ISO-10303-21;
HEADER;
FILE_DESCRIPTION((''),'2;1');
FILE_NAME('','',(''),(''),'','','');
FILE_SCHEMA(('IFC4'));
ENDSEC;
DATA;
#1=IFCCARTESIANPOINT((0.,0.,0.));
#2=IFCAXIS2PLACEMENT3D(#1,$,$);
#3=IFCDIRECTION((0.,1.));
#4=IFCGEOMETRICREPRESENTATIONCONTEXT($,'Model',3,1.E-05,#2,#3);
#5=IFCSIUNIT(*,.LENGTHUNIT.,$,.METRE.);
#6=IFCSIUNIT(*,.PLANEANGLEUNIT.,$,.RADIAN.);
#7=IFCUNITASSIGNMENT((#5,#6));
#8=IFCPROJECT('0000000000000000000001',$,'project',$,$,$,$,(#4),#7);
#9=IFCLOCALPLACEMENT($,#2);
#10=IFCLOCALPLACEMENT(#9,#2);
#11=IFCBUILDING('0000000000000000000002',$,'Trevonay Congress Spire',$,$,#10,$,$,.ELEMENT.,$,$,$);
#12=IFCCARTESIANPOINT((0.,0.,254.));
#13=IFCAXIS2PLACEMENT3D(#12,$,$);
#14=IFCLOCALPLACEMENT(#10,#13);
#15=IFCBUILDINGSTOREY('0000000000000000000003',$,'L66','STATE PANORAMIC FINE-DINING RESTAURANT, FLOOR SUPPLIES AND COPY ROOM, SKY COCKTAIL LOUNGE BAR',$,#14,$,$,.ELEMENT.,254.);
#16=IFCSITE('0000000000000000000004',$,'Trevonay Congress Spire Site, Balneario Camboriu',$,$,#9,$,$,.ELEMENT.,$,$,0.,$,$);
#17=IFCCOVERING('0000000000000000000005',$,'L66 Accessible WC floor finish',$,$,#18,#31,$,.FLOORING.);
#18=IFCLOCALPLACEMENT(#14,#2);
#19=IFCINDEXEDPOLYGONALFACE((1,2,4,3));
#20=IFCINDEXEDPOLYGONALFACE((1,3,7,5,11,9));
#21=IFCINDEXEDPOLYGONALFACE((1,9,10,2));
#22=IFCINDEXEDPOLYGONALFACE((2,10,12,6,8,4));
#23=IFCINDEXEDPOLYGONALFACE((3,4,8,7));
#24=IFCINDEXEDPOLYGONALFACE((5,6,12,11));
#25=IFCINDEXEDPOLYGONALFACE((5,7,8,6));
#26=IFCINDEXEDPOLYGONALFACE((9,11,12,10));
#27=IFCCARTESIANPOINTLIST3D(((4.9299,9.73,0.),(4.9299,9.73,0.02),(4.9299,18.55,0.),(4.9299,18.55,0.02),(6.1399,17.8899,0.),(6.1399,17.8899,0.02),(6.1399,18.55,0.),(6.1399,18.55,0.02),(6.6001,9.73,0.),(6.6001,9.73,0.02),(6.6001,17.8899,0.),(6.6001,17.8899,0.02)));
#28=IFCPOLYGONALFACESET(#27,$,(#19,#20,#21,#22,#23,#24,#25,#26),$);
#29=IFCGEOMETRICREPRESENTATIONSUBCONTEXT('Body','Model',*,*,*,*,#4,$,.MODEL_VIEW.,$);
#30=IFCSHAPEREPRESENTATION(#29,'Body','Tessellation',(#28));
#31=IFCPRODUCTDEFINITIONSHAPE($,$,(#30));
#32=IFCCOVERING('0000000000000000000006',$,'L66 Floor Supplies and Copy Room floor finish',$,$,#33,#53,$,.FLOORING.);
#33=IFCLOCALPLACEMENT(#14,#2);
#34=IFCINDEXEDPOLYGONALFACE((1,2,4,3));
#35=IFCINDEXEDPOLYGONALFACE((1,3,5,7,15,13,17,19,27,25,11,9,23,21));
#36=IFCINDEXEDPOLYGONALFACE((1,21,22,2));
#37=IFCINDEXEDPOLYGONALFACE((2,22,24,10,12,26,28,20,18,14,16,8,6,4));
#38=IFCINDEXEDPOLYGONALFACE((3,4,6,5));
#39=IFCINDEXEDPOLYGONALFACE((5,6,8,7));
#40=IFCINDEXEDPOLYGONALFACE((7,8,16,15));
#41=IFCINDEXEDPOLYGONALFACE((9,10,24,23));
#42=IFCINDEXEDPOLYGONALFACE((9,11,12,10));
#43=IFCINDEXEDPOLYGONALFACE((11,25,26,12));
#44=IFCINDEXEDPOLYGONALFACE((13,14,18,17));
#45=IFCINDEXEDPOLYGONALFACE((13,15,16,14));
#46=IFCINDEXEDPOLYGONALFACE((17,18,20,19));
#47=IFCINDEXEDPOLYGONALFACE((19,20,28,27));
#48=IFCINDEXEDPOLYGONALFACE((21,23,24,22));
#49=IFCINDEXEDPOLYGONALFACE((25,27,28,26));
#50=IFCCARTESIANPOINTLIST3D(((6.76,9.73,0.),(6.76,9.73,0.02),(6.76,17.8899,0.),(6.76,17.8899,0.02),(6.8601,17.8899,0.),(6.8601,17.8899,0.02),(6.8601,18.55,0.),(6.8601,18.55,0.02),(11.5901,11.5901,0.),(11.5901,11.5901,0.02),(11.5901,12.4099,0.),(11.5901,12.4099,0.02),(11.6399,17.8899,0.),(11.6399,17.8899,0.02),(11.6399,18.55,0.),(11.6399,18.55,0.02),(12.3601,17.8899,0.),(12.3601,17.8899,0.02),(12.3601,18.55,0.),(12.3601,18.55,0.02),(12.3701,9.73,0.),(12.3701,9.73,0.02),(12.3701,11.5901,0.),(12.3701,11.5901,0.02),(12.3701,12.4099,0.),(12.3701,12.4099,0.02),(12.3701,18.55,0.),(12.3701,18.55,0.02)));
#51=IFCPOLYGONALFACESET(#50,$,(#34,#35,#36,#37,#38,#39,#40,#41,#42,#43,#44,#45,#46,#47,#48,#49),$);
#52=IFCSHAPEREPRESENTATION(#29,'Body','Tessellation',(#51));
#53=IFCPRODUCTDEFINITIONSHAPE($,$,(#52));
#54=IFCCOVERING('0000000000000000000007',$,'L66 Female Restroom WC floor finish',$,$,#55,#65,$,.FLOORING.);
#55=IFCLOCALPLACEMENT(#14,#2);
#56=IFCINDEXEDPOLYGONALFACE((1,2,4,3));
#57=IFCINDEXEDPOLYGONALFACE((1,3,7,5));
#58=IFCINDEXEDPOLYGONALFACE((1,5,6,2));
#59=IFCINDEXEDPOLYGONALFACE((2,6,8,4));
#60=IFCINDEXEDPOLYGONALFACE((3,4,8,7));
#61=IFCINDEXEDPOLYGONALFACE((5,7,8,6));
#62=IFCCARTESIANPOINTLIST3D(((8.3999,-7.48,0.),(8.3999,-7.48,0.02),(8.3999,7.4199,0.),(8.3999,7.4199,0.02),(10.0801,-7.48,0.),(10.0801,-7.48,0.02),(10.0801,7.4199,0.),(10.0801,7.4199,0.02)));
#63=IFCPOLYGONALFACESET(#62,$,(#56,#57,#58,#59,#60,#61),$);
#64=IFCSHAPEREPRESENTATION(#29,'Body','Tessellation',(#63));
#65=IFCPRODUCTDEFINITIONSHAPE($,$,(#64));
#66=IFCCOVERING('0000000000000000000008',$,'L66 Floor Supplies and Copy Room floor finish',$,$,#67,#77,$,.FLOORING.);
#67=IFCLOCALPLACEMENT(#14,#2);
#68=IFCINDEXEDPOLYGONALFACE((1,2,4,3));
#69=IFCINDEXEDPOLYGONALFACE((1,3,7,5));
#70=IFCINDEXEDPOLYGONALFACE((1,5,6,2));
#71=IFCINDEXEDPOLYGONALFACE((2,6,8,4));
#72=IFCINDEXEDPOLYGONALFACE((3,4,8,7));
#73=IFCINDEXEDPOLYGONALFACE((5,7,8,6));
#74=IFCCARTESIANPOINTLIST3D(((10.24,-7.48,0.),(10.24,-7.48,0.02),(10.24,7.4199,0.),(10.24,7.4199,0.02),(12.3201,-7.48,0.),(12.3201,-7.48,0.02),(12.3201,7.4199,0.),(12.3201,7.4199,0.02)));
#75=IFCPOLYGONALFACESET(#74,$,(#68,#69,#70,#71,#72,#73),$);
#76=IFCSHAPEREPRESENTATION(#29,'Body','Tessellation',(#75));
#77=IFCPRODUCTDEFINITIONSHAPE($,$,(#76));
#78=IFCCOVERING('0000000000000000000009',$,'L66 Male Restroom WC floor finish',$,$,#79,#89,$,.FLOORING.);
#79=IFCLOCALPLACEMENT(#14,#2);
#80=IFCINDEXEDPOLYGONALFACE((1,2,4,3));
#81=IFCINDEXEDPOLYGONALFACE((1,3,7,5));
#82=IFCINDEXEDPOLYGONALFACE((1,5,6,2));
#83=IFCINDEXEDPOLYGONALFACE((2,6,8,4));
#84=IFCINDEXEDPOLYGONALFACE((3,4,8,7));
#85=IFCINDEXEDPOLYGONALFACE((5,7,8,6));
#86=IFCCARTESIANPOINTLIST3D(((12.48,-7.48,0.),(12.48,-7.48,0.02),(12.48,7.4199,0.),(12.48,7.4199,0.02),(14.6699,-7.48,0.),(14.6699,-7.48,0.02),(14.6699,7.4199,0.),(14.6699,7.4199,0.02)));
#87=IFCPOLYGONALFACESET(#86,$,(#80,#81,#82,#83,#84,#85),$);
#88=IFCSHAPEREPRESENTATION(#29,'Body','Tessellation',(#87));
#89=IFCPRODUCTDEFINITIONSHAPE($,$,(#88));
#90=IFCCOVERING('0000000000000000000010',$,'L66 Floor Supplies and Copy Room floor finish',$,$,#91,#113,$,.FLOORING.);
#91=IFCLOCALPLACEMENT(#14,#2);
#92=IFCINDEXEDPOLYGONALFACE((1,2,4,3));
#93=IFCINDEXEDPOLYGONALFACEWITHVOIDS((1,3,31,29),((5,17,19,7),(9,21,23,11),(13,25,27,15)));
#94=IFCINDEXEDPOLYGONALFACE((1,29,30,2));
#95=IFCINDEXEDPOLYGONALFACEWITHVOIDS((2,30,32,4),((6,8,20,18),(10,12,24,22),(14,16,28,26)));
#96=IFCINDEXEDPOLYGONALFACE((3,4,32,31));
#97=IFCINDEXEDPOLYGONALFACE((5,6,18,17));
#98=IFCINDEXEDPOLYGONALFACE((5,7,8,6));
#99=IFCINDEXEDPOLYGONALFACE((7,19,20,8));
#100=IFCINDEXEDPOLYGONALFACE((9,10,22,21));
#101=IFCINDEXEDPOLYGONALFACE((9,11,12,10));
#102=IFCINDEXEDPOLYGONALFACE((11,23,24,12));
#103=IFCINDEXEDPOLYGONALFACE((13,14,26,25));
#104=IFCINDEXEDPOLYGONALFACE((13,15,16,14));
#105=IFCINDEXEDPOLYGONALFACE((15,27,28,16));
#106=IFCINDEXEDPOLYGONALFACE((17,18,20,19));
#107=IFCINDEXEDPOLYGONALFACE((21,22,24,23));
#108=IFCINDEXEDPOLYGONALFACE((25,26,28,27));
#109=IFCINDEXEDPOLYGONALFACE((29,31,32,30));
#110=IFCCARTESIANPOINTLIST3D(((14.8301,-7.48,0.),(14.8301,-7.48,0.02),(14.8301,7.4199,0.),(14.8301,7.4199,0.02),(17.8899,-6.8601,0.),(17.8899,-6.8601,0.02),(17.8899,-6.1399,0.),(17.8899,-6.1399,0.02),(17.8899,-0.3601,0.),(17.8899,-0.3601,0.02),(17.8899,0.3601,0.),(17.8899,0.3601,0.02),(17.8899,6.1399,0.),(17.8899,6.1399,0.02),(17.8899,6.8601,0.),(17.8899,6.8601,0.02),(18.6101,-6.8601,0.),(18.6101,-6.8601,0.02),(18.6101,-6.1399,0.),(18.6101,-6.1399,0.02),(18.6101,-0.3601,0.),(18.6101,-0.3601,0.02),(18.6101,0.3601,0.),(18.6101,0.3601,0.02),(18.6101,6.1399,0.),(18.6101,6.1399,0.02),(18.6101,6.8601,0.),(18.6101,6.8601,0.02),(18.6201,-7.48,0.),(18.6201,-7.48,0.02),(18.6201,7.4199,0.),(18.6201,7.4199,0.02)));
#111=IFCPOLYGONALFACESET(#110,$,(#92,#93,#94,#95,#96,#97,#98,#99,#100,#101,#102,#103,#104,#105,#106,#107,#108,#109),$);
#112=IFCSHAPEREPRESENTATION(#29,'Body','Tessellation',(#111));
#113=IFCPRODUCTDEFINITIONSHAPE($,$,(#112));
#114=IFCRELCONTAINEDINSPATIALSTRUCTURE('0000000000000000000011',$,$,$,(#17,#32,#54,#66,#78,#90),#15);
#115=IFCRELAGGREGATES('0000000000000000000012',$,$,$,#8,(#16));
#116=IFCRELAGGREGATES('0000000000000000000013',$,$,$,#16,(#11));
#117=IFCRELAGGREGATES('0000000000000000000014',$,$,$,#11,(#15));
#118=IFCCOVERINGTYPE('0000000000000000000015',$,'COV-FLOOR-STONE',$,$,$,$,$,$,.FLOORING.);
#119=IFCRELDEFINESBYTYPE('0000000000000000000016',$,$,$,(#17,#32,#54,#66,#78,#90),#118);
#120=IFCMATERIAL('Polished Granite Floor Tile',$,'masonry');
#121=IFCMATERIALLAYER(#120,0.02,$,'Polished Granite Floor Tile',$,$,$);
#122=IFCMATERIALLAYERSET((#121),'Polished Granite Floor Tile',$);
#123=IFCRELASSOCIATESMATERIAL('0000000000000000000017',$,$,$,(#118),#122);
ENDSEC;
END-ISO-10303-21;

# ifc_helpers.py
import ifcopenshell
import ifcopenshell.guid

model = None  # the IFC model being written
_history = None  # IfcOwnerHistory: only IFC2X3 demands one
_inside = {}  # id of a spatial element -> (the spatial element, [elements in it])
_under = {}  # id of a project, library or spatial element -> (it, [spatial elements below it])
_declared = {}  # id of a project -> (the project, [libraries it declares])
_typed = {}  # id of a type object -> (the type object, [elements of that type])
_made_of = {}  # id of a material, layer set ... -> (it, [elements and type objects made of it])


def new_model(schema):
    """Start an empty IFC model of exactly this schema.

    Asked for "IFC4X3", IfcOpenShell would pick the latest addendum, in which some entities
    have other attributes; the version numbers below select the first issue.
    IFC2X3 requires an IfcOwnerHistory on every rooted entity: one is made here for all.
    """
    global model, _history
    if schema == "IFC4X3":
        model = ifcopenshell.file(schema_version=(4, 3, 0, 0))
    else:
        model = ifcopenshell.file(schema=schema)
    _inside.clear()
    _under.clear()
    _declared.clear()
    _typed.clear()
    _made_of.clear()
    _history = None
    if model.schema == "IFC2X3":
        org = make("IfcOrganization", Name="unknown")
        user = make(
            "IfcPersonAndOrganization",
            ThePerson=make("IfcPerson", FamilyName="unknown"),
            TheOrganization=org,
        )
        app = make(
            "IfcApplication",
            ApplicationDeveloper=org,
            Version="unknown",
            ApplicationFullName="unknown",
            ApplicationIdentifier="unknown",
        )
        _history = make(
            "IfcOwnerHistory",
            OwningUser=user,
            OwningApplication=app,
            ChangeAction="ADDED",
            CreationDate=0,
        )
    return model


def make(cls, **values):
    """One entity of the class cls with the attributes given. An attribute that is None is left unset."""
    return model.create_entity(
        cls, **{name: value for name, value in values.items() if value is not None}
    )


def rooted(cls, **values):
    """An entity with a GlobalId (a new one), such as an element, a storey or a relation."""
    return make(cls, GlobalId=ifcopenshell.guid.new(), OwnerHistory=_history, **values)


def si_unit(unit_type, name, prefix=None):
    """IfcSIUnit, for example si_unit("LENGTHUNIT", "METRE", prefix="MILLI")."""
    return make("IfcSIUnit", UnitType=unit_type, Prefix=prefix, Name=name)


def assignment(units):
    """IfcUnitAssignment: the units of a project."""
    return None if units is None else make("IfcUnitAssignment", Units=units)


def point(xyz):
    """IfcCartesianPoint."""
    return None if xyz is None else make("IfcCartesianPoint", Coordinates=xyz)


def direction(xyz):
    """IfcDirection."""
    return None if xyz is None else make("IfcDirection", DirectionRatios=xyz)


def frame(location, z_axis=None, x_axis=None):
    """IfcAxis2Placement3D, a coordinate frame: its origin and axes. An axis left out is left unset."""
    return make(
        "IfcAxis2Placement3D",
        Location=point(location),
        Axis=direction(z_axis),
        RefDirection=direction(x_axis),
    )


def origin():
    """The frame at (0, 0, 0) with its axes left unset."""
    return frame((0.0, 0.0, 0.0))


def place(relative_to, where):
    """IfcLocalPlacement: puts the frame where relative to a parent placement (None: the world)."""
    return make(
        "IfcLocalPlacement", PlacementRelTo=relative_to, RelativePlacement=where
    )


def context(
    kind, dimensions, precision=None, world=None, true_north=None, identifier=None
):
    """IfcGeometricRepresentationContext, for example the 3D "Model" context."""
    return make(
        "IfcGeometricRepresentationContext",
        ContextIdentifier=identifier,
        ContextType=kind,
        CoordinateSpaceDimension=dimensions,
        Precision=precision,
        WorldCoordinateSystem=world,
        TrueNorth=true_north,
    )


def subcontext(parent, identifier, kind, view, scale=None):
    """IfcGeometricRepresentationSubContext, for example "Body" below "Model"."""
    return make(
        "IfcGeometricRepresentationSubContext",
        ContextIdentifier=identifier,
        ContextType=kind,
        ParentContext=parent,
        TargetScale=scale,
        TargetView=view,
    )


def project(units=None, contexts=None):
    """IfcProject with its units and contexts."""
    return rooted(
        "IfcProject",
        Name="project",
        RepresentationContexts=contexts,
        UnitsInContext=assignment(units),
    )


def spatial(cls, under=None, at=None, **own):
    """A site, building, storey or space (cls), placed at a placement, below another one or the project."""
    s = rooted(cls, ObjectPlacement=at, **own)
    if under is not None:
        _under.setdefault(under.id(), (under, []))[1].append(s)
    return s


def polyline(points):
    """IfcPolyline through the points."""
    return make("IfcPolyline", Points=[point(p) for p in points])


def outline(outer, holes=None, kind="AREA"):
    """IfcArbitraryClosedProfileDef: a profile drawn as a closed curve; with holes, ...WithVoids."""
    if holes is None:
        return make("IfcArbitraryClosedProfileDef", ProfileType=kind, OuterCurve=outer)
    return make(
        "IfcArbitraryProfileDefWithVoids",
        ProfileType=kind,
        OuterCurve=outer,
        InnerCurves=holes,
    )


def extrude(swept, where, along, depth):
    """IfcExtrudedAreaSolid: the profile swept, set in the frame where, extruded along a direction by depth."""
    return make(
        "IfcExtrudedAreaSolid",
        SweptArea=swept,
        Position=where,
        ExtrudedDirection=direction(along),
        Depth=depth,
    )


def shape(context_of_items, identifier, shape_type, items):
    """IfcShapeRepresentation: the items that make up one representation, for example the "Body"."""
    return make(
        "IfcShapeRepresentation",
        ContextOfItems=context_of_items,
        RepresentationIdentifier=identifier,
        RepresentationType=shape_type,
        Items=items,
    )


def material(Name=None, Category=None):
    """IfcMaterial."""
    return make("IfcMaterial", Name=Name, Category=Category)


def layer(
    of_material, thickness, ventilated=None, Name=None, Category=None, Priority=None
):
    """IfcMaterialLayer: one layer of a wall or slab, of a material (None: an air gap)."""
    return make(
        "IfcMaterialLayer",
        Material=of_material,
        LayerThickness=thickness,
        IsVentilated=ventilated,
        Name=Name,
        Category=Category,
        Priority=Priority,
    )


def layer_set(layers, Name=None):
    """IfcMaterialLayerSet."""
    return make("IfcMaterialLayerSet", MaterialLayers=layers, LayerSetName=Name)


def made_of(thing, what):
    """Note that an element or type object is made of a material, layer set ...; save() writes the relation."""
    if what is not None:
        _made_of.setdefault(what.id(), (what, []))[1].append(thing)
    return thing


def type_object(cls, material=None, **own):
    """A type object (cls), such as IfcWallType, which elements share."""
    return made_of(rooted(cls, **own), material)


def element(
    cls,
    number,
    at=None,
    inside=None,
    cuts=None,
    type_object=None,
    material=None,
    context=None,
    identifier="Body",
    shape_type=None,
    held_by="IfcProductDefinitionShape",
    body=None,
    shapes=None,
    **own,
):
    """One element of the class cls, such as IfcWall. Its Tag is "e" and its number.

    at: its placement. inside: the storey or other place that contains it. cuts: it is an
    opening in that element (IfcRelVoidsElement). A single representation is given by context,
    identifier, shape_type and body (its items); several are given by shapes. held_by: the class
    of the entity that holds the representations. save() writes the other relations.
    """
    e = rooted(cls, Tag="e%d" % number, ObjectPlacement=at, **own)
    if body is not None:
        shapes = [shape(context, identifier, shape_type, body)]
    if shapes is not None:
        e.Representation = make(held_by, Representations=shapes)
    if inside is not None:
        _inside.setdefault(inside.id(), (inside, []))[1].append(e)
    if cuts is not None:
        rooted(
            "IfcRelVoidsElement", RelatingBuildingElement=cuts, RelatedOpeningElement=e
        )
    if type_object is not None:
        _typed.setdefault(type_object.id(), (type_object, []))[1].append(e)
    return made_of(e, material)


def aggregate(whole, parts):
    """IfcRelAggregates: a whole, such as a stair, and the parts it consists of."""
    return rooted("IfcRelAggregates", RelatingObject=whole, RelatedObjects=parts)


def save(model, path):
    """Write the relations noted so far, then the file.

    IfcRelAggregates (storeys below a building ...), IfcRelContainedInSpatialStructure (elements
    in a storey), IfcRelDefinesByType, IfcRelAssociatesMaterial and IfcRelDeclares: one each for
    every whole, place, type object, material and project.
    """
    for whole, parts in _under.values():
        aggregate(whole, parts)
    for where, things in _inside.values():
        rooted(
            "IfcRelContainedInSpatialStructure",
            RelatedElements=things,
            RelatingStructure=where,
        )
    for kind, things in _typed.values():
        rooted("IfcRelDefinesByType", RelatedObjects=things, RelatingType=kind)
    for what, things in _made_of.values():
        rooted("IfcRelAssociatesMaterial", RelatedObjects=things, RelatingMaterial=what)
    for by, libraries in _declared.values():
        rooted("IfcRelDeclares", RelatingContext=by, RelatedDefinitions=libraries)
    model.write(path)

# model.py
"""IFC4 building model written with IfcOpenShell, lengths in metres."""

from ifc_helpers import new_model, si_unit, direction, frame, origin, place, context, subcontext, project, spatial, polyline, outline, extrude, material, layer, layer_set, type_object, element, save


model = new_model("IFC4")

# Units and contexts
model_context = context("Model", 3, precision=1e-05, world=origin(), true_north=direction((0.0, 1.0)))
body_context = subcontext(model_context, "Body", "Model", "MODEL_VIEW")
ifc_project = project(units=[si_unit("LENGTHUNIT", "METRE"), si_unit("PLANEANGLEUNIT", "RADIAN")], contexts=[model_context])

# Site, building, storey
site_placement = place(None, origin())
site = spatial("IfcSite", under=ifc_project, at=site_placement, Name="Trevonay Congress Spire Site, Balneario Camboriu", CompositionType="ELEMENT", RefElevation=0.0)
building_placement = place(site_placement, origin())
building = spatial("IfcBuilding", under=site, at=building_placement, Name="Trevonay Congress Spire", CompositionType="ELEMENT")
storey_placement = place(building_placement, frame((0.0, 0.0, 254.0)))
storey = spatial("IfcBuildingStorey", under=building, at=storey_placement, Name="L66", Description="STATE PANORAMIC FINE-DINING RESTAURANT, FLOOR SUPPLIES AND COPY ROOM, SKY COCKTAIL LOUNGE BAR", CompositionType="ELEMENT", Elevation=254.0)

# Coverings
ifc_material_1 = material(Name="Polished Granite Floor Tile", Category="masonry")
ifc_layer_1 = layer(ifc_material_1, 0.02, Name="Polished Granite Floor Tile")
ifc_layer_set_1 = layer_set([ifc_layer_1], Name="Polished Granite Floor Tile")
covering_type_1 = type_object("IfcCoveringType", Name="COV-FLOOR-STONE", PredefinedType="FLOORING", material=ifc_layer_set_1)
covering_1_placement = place(storey_placement, origin())
element("IfcCovering", 1, at=covering_1_placement, inside=storey, type_object=covering_type_1, Name="L66 Accessible WC floor finish", PredefinedType="FLOORING", context=body_context, shape_type="SweptSolid", body=[
    extrude(outline(polyline([(6.6001, 9.73), (4.9299, 9.73), (4.9299, 18.55), (6.1399, 18.55), (6.1399, 17.8899), (6.6001, 17.8899), (6.6001, 9.73)])), origin(), (0.0, 0.0, 1.0), 0.02),
])
covering_2_placement = place(storey_placement, origin())
element("IfcCovering", 2, at=covering_2_placement, inside=storey, type_object=covering_type_1, Name="L66 Floor Supplies and Copy Room floor finish", PredefinedType="FLOORING", context=body_context, shape_type="SweptSolid", body=[
    extrude(outline(polyline([(12.3701, 9.73), (6.76, 9.73), (6.76, 17.8899), (6.8601, 17.8899), (6.8601, 18.55), (11.6399, 18.55), (11.6399, 17.8899), (12.3601, 17.8899), (12.3601, 18.55), (12.3701, 18.55), (12.3701, 12.4099), (11.5901, 12.4099), (11.5901, 11.5901), (12.3701, 11.5901), (12.3701, 9.73)])), origin(), (0.0, 0.0, 1.0), 0.02),
])
covering_3_placement = place(storey_placement, origin())
element("IfcCovering", 3, at=covering_3_placement, inside=storey, type_object=covering_type_1, Name="L66 Female Restroom WC floor finish", PredefinedType="FLOORING", context=body_context, shape_type="SweptSolid", body=[
    extrude(outline(polyline([(8.3999, -7.48), (10.0801, -7.48), (10.0801, 7.4199), (8.3999, 7.4199), (8.3999, -7.48)])), origin(), (0.0, 0.0, 1.0), 0.02),
])
covering_4_placement = place(storey_placement, origin())
element("IfcCovering", 4, at=covering_4_placement, inside=storey, type_object=covering_type_1, Name="L66 Floor Supplies and Copy Room floor finish", PredefinedType="FLOORING", context=body_context, shape_type="SweptSolid", body=[
    extrude(outline(polyline([(10.24, -7.48), (12.3201, -7.48), (12.3201, 7.4199), (10.24, 7.4199), (10.24, -7.48)])), origin(), (0.0, 0.0, 1.0), 0.02),
])
covering_5_placement = place(storey_placement, origin())
element("IfcCovering", 5, at=covering_5_placement, inside=storey, type_object=covering_type_1, Name="L66 Male Restroom WC floor finish", PredefinedType="FLOORING", context=body_context, shape_type="SweptSolid", body=[
    extrude(outline(polyline([(12.48, -7.48), (14.6699, -7.48), (14.6699, 7.4199), (12.48, 7.4199), (12.48, -7.48)])), origin(), (0.0, 0.0, 1.0), 0.02),
])
covering_6_placement = place(storey_placement, origin())
element("IfcCovering", 6, at=covering_6_placement, inside=storey, type_object=covering_type_1, Name="L66 Floor Supplies and Copy Room floor finish", PredefinedType="FLOORING", context=body_context, shape_type="SweptSolid", body=[
    extrude(outline(polyline([(14.8301, 7.4199), (18.6201, 7.4199), (18.6201, -7.48), (14.8301, -7.48), (14.8301, 7.4199)]), holes=[polyline([(17.8899, -6.8601), (18.6101, -6.8601), (18.6101, -6.1399), (17.8899, -6.1399), (17.8899, -6.8601)]), polyline([(17.8899, 0.3601), (17.8899, -0.3601), (18.6101, -0.3601), (18.6101, 0.3601), (17.8899, 0.3601)]), polyline([(17.8899, 6.8601), (17.8899, 6.1399), (18.6101, 6.1399), (18.6101, 6.8601), (17.8899, 6.8601)])]), origin(), (0.0, 0.0, 1.0), 0.02),
])

save(model, "model.ifc")
